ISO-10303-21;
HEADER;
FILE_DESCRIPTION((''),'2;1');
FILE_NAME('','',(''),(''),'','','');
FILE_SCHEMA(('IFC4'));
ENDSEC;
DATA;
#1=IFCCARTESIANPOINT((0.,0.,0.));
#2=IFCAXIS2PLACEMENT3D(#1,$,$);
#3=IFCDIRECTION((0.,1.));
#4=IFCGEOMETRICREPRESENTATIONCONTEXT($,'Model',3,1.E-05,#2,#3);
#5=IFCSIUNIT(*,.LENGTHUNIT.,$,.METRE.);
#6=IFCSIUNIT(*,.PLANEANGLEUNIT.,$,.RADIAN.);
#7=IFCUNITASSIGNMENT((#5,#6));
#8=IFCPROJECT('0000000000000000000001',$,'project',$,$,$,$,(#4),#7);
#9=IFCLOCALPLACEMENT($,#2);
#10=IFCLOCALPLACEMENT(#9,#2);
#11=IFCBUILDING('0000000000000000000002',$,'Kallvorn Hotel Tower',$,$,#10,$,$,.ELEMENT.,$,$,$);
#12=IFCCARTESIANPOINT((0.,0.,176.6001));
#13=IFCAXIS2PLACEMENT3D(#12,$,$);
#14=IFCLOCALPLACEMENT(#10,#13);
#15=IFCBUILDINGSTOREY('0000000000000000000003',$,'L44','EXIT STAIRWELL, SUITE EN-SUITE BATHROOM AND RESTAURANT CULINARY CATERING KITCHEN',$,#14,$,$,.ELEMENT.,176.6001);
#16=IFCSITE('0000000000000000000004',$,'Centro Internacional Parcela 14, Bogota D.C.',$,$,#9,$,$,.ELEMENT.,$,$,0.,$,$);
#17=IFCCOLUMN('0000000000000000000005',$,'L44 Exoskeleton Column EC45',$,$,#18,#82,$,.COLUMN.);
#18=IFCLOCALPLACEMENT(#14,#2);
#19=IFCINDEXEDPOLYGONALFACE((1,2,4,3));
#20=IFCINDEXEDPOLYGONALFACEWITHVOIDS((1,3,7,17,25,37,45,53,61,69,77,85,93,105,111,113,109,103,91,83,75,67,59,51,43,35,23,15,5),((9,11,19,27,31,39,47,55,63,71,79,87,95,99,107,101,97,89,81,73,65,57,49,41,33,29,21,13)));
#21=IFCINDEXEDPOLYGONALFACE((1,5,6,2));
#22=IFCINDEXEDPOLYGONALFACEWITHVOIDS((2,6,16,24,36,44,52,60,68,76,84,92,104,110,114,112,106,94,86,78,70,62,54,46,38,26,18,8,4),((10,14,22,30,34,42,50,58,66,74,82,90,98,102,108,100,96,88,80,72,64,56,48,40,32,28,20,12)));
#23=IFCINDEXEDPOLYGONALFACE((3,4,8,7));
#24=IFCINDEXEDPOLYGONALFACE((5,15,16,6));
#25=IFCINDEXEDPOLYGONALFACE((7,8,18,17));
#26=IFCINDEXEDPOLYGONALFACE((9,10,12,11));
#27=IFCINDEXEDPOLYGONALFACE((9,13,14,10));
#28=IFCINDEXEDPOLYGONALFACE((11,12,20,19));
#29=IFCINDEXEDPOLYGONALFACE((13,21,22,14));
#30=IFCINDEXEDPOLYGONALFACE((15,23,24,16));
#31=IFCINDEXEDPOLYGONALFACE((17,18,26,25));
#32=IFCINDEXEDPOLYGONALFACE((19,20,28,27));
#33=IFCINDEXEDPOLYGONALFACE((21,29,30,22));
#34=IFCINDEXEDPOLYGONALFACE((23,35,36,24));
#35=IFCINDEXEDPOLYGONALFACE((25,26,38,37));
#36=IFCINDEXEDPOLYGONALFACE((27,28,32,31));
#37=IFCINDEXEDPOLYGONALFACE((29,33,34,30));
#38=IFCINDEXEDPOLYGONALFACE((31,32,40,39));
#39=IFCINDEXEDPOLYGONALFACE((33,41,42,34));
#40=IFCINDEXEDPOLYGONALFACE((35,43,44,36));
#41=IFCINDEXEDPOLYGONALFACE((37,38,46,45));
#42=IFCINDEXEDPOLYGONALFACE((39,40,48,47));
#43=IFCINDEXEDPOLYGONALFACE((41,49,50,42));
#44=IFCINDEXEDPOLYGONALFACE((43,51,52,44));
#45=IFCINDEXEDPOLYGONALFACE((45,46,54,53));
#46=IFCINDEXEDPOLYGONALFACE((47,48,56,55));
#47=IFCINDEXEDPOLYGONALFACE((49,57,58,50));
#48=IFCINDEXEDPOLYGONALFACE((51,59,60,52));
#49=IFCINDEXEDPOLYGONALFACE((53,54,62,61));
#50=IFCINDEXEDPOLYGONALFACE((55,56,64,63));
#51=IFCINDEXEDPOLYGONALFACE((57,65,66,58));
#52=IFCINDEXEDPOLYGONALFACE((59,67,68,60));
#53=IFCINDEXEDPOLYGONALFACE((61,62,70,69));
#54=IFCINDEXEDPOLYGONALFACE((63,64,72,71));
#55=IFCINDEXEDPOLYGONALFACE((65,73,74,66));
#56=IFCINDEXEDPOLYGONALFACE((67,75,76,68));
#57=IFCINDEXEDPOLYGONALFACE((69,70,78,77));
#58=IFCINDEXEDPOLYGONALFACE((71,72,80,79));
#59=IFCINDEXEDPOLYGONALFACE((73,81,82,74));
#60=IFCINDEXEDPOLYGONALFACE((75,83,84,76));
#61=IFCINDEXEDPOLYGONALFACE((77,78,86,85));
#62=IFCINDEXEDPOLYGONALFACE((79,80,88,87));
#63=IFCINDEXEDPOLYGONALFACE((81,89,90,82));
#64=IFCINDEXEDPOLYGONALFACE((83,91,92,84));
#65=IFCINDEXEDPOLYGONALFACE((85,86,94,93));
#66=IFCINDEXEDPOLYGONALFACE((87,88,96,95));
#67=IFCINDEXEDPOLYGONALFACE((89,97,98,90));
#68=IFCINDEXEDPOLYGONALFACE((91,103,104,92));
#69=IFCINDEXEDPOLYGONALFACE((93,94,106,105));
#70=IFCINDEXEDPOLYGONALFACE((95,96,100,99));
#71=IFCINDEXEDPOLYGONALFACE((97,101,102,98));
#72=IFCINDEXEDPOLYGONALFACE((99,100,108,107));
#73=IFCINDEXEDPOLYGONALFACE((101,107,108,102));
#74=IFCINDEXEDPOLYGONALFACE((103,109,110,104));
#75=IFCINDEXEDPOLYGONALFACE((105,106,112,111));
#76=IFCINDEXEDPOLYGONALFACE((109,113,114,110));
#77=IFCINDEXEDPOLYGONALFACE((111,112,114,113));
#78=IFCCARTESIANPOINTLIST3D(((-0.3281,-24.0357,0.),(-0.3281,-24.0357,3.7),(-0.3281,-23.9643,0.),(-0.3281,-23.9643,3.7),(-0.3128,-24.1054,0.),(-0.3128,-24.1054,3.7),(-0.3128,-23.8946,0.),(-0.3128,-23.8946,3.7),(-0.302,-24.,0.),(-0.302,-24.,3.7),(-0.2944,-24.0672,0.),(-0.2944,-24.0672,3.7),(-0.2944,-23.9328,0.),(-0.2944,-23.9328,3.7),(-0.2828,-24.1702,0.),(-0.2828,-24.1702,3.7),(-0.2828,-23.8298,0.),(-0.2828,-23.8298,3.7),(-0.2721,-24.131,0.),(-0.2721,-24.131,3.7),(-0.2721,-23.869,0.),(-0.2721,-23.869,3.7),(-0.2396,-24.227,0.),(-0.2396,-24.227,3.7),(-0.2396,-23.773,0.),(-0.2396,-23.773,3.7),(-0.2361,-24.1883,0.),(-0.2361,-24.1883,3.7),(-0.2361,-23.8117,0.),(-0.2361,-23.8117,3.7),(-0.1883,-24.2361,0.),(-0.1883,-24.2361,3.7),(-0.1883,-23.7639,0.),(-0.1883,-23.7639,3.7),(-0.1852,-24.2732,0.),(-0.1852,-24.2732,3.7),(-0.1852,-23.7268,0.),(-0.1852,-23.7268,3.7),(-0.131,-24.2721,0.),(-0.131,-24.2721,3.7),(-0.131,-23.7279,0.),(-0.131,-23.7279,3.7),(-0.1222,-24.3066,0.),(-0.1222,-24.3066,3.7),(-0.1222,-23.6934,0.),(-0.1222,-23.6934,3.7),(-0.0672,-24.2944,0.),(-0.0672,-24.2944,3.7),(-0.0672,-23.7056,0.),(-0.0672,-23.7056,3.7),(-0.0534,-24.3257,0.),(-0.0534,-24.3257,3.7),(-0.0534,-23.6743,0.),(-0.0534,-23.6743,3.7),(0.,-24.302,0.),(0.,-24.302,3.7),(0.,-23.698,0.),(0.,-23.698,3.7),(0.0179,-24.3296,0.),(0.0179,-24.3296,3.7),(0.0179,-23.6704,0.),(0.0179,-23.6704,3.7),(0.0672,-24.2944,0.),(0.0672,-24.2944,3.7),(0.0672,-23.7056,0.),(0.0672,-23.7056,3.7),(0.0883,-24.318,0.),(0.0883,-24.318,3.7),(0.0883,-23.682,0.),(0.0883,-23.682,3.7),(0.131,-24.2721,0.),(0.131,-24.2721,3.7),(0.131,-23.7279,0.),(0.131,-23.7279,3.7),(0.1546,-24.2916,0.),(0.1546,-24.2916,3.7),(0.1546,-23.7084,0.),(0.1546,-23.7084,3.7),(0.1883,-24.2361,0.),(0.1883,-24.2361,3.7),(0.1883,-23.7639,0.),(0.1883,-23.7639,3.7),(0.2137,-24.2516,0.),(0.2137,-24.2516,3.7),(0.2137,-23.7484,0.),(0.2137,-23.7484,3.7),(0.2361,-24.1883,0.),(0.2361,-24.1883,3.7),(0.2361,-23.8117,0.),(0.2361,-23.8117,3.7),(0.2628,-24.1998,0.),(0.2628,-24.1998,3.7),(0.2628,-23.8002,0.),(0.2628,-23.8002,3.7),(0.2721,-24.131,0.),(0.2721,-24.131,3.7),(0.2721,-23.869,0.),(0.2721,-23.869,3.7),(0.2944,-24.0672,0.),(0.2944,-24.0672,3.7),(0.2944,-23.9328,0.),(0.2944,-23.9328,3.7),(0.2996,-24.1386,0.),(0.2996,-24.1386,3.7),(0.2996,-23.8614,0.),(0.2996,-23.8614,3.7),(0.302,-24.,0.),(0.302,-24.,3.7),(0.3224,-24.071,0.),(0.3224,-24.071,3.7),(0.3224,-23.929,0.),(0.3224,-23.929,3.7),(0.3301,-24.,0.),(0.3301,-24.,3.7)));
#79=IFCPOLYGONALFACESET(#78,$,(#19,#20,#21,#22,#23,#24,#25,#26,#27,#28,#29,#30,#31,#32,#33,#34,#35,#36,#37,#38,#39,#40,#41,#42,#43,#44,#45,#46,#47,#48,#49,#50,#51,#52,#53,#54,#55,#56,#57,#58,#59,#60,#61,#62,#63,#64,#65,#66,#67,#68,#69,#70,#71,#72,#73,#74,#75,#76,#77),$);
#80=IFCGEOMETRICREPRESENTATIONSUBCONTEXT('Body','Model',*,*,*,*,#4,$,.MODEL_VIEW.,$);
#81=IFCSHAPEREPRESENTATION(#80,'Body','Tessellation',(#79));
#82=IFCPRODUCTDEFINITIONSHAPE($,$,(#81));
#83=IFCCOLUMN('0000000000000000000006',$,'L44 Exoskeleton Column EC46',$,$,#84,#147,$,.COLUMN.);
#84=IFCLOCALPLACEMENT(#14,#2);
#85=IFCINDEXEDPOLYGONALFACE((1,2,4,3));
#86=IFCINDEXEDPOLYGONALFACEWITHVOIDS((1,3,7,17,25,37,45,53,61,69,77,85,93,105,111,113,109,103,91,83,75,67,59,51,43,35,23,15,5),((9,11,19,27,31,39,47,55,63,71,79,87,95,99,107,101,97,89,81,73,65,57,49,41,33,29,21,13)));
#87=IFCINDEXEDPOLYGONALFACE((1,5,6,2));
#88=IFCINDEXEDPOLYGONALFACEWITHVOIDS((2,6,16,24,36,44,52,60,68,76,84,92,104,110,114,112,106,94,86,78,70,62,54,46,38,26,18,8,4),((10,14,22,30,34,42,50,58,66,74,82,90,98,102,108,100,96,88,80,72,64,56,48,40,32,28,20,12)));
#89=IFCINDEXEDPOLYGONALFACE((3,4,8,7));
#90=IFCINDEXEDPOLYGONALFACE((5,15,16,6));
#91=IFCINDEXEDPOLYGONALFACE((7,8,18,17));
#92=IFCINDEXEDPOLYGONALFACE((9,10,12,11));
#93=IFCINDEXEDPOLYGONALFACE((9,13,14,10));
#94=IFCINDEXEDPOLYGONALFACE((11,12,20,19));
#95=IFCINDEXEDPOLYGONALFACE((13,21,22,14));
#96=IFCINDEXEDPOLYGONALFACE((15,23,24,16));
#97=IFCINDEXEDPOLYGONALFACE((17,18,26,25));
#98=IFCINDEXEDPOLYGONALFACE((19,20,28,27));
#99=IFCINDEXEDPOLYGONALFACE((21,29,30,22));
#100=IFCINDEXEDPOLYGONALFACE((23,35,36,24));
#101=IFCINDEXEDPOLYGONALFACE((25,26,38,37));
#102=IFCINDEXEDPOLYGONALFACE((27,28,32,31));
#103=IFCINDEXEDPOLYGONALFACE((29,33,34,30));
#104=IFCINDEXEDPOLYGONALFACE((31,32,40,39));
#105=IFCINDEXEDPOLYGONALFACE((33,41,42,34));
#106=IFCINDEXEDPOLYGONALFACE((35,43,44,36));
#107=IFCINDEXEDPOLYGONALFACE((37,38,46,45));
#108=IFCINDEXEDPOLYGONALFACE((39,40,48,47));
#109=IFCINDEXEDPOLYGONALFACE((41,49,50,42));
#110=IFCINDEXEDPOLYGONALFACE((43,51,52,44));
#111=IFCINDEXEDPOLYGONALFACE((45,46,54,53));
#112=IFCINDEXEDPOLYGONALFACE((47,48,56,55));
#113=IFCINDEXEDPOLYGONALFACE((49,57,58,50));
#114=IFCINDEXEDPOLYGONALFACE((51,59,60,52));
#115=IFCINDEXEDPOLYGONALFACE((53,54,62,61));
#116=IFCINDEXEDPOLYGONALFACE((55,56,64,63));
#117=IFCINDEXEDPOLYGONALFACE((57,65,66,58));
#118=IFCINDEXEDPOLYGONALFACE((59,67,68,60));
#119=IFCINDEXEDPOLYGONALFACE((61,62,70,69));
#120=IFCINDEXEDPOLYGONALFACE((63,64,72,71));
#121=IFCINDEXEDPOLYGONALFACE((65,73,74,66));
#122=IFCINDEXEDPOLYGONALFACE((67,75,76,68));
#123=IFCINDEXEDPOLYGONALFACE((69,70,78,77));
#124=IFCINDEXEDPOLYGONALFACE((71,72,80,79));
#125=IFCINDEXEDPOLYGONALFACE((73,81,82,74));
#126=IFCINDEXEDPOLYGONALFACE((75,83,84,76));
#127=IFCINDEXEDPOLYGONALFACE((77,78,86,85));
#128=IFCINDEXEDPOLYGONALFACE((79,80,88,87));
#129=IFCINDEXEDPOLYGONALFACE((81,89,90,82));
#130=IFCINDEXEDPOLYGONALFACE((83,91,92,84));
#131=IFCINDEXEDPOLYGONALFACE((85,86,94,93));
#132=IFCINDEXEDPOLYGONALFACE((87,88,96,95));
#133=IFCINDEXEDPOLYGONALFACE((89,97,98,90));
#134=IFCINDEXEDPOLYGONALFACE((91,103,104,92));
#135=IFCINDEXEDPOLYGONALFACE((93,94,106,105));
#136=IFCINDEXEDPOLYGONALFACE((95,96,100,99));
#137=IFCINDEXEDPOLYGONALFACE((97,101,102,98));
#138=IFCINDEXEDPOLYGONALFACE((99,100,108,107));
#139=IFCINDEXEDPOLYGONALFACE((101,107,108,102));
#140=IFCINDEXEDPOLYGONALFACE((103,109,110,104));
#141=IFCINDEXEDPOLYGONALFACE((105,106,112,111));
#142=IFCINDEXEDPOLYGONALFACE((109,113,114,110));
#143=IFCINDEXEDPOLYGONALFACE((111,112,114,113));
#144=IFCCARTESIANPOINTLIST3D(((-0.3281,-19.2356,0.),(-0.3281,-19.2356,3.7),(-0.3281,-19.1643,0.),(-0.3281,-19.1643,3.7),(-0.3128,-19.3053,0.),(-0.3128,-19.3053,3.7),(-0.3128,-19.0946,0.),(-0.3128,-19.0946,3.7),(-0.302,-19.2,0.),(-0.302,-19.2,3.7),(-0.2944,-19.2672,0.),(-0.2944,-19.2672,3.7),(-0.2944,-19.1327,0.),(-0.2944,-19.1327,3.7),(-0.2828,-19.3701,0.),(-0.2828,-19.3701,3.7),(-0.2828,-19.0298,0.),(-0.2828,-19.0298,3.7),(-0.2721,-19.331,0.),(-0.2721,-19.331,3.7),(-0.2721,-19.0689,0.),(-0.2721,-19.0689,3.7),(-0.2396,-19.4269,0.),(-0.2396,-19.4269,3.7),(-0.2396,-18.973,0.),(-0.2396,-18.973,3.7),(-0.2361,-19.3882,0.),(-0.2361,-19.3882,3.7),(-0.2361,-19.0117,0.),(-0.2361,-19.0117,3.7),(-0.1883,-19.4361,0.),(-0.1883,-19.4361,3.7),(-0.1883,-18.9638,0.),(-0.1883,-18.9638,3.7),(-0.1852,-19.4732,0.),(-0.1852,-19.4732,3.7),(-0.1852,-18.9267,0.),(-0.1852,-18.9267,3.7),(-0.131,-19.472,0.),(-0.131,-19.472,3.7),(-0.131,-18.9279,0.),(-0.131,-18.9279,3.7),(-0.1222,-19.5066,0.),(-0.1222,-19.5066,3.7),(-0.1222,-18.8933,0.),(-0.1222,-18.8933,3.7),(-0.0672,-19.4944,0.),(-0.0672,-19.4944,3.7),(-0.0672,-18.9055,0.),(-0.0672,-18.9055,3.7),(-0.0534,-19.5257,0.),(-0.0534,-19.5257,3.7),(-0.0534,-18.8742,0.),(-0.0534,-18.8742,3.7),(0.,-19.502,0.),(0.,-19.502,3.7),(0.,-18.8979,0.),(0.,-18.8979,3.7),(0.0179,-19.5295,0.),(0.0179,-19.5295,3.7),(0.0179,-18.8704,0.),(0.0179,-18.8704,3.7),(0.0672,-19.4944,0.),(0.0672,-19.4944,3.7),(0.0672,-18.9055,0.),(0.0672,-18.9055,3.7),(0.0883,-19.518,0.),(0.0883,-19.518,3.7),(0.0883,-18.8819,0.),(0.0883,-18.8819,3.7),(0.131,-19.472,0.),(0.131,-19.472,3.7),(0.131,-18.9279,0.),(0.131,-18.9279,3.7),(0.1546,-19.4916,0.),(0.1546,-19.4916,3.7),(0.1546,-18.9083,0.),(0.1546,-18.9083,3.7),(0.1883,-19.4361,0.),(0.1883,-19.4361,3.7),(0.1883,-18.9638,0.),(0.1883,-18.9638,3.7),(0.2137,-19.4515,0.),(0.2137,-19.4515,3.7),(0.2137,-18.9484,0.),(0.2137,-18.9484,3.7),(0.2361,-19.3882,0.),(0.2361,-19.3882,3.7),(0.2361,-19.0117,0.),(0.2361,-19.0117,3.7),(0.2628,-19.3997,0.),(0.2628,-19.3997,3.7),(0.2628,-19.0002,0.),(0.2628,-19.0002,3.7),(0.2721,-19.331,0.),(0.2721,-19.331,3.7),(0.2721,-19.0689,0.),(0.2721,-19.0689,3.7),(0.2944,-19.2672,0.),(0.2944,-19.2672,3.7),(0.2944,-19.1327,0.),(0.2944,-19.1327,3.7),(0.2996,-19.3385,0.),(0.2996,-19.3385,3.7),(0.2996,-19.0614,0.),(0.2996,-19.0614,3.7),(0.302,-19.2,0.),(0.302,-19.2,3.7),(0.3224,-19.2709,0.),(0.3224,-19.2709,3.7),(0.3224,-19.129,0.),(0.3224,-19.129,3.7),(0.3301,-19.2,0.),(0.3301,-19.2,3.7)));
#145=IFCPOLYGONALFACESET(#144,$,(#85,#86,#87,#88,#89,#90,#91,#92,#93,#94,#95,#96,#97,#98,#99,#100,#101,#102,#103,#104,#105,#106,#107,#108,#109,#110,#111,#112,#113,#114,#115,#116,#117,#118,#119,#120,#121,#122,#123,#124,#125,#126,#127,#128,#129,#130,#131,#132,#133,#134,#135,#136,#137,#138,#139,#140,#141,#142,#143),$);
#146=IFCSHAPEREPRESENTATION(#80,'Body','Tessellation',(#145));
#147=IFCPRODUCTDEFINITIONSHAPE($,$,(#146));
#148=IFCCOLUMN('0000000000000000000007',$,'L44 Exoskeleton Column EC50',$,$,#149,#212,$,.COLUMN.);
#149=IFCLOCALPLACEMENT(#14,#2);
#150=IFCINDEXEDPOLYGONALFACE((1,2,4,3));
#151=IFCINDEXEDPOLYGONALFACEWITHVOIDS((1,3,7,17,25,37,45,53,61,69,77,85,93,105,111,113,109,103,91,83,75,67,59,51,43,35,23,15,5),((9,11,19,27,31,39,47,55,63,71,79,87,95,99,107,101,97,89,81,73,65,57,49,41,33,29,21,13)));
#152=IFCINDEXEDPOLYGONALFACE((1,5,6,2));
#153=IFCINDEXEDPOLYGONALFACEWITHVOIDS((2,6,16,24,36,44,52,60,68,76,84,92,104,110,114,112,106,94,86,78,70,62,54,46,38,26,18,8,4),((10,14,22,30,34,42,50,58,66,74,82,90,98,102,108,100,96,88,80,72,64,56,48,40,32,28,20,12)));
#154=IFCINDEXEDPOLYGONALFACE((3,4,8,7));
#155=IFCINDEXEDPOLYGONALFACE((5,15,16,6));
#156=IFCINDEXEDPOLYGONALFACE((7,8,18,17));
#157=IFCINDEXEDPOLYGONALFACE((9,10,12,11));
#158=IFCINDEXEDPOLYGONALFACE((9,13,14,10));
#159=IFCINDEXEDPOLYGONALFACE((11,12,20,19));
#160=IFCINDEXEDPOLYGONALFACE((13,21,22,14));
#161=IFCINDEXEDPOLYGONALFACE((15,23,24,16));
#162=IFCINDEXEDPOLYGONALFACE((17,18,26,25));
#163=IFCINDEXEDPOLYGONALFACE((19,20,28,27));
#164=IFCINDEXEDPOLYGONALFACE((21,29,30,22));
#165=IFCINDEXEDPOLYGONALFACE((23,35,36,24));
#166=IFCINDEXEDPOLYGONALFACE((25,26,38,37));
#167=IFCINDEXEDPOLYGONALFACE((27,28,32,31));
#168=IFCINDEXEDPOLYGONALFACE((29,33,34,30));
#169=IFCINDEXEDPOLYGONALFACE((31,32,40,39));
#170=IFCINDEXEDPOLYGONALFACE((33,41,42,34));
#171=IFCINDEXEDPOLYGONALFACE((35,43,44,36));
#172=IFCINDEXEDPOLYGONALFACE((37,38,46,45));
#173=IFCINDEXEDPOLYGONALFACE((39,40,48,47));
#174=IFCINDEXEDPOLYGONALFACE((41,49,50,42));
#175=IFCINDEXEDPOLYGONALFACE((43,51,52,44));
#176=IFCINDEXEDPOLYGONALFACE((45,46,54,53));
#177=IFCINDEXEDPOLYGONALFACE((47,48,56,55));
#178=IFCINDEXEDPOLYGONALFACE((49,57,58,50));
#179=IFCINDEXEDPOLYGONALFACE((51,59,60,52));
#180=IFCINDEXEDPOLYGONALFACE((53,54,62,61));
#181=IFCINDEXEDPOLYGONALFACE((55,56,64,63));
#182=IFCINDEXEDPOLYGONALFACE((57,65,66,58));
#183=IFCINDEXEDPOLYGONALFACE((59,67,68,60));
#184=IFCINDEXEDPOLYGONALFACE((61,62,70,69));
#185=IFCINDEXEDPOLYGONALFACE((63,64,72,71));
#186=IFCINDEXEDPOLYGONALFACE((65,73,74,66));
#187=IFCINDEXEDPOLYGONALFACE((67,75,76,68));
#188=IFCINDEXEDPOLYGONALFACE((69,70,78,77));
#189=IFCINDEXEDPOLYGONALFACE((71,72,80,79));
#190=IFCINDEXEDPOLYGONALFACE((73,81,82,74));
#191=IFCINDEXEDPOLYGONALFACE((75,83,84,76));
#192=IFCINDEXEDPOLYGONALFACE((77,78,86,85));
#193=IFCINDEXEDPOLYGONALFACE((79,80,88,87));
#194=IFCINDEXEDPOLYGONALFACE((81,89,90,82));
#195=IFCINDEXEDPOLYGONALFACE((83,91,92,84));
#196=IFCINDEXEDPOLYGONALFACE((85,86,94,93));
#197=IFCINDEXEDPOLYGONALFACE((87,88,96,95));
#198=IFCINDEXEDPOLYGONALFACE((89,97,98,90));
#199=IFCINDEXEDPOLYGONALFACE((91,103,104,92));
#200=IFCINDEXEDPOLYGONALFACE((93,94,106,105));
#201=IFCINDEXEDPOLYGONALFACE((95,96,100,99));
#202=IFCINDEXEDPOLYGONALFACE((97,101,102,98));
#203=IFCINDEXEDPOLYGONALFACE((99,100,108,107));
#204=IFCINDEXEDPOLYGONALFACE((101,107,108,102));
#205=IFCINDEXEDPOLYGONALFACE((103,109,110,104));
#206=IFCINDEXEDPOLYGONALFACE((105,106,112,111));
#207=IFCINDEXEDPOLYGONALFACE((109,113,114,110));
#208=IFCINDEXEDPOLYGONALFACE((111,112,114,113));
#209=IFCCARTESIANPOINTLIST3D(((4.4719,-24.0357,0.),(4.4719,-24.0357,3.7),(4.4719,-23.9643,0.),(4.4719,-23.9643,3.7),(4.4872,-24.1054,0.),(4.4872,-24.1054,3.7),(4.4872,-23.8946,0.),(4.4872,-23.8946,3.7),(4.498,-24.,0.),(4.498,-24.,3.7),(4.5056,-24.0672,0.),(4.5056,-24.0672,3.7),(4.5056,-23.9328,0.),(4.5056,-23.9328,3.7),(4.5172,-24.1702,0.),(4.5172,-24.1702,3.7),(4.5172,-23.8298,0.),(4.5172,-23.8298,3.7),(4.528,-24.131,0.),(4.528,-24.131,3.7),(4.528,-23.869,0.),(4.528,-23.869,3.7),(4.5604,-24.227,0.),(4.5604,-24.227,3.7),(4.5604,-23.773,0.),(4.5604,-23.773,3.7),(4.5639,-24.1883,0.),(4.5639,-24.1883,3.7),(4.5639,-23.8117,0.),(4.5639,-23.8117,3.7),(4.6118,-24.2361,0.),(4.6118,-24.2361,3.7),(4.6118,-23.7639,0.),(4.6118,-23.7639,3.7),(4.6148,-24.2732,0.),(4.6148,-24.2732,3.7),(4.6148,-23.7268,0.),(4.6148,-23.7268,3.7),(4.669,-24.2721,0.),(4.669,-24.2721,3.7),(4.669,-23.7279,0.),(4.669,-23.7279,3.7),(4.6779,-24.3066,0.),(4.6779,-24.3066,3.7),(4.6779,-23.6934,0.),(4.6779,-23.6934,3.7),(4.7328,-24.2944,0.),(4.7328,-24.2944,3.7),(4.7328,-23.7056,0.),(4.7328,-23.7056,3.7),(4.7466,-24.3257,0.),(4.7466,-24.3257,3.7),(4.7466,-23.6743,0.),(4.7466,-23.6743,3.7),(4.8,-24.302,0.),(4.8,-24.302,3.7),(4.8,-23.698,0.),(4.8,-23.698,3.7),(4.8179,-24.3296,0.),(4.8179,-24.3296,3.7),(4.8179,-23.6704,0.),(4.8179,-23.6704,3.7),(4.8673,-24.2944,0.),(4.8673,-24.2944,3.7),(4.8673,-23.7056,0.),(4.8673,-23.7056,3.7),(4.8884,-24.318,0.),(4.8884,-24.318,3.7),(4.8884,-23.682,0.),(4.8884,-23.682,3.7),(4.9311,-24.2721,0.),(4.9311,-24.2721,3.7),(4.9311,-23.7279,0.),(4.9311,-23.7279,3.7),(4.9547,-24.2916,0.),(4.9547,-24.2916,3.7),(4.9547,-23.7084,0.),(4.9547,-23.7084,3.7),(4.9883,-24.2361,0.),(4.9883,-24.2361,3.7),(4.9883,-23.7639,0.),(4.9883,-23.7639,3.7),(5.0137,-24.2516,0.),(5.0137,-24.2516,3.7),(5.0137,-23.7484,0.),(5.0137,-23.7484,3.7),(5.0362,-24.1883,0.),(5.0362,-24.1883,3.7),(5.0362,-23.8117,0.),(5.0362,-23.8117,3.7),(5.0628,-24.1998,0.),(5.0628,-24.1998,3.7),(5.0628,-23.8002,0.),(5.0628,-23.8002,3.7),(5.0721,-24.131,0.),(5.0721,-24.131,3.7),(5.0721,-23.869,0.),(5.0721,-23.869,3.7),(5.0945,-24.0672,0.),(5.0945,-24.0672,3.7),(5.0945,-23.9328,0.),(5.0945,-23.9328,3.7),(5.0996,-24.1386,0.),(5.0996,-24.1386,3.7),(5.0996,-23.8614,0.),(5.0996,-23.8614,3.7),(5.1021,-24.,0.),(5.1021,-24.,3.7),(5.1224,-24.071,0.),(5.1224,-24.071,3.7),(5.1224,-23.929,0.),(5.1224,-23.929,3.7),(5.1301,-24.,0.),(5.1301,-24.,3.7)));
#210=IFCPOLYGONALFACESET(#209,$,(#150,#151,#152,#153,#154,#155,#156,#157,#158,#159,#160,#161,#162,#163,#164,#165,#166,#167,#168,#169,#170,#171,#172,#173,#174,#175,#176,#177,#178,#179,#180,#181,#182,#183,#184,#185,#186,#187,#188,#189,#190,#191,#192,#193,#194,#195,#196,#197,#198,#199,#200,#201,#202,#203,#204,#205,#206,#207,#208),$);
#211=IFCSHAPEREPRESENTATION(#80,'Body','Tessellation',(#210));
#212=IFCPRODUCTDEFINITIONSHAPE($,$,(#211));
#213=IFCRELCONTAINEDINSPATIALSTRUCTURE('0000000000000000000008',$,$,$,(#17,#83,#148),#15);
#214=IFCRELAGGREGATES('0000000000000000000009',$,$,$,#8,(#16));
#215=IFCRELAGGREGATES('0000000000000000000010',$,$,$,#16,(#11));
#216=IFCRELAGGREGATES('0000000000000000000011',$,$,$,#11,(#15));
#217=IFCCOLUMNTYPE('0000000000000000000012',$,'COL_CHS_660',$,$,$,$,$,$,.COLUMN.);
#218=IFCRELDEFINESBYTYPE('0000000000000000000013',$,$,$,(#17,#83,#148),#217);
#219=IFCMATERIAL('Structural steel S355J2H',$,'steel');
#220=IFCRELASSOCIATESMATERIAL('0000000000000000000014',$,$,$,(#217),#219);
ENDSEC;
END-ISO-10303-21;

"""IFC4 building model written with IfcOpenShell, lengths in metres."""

from ifc_helpers import new_model, si_unit, direction, frame, origin, origin_2d, place, context, subcontext, project, spatial, hollow_circle, extrude, material, material_profile, profile_set, type_object, element, save


model = new_model("IFC4")

# Units and contexts
model_context = context("Model", 3, precision=1e-05, world=origin(), true_north=direction((0.0, 1.0)))
body_context = subcontext(model_context, "Body", "Model", "MODEL_VIEW")
ifc_project = project(units=[si_unit("LENGTHUNIT", "METRE"), si_unit("PLANEANGLEUNIT", "RADIAN")], contexts=[model_context])

# Site, building, storey
site_placement = place(None, origin())
site = spatial("IfcSite", under=ifc_project, at=site_placement, Name="Centro Internacional Parcela 14, Bogota D.C.", CompositionType="ELEMENT", RefElevation=0.0)
building_placement = place(site_placement, origin())
building = spatial("IfcBuilding", under=site, at=building_placement, Name="Kallvorn Hotel Tower", CompositionType="ELEMENT")
storey_placement = place(building_placement, frame((0.0, 0.0, 176.6001)))
storey = spatial("IfcBuildingStorey", under=building, at=storey_placement, Name="L44", Description="EXIT STAIRWELL, SUITE EN-SUITE BATHROOM AND RESTAURANT CULINARY CATERING KITCHEN", CompositionType="ELEMENT", Elevation=176.6001)

# Columns
ifc_material_1 = material(Name="Structural steel S355J2H", Category="steel")
ifc_material_profile_1 = material_profile(ifc_material_1, hollow_circle(Radius=0.3301, WallThickness=0.0281, at=origin_2d()), Name="CHS 660x28")
ifc_profile_set_1 = profile_set([ifc_material_profile_1], Name="Structural steel S355J2H")
column_type_1 = type_object("IfcColumnType", Name="COL_CHS_660", PredefinedType="COLUMN", material=ifc_profile_set_1)
for number, where, z_axis, x_axis, name in (
    (1, (0.0, -24.0, 0.0), (0.0, 0.0, 1.0), (1.0, 0.0, 0.0), "L44 Exoskeleton Column EC45"),
    (2, (0.0, -19.2, 0.0), (0.0, 0.0, 1.0), (1.0, 0.0, 0.0), "L44 Exoskeleton Column EC46"),
    (3, (4.8, -24.0, 0.0), (0.0, 0.0, 1.0), (1.0, 0.0, 0.0), "L44 Exoskeleton Column EC50"),
):
    element("IfcColumn", number, at=place(storey_placement, frame(where, z_axis=z_axis, x_axis=x_axis)), inside=storey, type_object=column_type_1, Name=name, PredefinedType="COLUMN", context=body_context, shape_type="SweptSolid", body=[
        extrude(hollow_circle(Radius=0.3301, WallThickness=0.0281, at=origin_2d()), origin(), (0.0, 0.0, 1.0), 3.7),
    ])

save(model, "model.ifc")
